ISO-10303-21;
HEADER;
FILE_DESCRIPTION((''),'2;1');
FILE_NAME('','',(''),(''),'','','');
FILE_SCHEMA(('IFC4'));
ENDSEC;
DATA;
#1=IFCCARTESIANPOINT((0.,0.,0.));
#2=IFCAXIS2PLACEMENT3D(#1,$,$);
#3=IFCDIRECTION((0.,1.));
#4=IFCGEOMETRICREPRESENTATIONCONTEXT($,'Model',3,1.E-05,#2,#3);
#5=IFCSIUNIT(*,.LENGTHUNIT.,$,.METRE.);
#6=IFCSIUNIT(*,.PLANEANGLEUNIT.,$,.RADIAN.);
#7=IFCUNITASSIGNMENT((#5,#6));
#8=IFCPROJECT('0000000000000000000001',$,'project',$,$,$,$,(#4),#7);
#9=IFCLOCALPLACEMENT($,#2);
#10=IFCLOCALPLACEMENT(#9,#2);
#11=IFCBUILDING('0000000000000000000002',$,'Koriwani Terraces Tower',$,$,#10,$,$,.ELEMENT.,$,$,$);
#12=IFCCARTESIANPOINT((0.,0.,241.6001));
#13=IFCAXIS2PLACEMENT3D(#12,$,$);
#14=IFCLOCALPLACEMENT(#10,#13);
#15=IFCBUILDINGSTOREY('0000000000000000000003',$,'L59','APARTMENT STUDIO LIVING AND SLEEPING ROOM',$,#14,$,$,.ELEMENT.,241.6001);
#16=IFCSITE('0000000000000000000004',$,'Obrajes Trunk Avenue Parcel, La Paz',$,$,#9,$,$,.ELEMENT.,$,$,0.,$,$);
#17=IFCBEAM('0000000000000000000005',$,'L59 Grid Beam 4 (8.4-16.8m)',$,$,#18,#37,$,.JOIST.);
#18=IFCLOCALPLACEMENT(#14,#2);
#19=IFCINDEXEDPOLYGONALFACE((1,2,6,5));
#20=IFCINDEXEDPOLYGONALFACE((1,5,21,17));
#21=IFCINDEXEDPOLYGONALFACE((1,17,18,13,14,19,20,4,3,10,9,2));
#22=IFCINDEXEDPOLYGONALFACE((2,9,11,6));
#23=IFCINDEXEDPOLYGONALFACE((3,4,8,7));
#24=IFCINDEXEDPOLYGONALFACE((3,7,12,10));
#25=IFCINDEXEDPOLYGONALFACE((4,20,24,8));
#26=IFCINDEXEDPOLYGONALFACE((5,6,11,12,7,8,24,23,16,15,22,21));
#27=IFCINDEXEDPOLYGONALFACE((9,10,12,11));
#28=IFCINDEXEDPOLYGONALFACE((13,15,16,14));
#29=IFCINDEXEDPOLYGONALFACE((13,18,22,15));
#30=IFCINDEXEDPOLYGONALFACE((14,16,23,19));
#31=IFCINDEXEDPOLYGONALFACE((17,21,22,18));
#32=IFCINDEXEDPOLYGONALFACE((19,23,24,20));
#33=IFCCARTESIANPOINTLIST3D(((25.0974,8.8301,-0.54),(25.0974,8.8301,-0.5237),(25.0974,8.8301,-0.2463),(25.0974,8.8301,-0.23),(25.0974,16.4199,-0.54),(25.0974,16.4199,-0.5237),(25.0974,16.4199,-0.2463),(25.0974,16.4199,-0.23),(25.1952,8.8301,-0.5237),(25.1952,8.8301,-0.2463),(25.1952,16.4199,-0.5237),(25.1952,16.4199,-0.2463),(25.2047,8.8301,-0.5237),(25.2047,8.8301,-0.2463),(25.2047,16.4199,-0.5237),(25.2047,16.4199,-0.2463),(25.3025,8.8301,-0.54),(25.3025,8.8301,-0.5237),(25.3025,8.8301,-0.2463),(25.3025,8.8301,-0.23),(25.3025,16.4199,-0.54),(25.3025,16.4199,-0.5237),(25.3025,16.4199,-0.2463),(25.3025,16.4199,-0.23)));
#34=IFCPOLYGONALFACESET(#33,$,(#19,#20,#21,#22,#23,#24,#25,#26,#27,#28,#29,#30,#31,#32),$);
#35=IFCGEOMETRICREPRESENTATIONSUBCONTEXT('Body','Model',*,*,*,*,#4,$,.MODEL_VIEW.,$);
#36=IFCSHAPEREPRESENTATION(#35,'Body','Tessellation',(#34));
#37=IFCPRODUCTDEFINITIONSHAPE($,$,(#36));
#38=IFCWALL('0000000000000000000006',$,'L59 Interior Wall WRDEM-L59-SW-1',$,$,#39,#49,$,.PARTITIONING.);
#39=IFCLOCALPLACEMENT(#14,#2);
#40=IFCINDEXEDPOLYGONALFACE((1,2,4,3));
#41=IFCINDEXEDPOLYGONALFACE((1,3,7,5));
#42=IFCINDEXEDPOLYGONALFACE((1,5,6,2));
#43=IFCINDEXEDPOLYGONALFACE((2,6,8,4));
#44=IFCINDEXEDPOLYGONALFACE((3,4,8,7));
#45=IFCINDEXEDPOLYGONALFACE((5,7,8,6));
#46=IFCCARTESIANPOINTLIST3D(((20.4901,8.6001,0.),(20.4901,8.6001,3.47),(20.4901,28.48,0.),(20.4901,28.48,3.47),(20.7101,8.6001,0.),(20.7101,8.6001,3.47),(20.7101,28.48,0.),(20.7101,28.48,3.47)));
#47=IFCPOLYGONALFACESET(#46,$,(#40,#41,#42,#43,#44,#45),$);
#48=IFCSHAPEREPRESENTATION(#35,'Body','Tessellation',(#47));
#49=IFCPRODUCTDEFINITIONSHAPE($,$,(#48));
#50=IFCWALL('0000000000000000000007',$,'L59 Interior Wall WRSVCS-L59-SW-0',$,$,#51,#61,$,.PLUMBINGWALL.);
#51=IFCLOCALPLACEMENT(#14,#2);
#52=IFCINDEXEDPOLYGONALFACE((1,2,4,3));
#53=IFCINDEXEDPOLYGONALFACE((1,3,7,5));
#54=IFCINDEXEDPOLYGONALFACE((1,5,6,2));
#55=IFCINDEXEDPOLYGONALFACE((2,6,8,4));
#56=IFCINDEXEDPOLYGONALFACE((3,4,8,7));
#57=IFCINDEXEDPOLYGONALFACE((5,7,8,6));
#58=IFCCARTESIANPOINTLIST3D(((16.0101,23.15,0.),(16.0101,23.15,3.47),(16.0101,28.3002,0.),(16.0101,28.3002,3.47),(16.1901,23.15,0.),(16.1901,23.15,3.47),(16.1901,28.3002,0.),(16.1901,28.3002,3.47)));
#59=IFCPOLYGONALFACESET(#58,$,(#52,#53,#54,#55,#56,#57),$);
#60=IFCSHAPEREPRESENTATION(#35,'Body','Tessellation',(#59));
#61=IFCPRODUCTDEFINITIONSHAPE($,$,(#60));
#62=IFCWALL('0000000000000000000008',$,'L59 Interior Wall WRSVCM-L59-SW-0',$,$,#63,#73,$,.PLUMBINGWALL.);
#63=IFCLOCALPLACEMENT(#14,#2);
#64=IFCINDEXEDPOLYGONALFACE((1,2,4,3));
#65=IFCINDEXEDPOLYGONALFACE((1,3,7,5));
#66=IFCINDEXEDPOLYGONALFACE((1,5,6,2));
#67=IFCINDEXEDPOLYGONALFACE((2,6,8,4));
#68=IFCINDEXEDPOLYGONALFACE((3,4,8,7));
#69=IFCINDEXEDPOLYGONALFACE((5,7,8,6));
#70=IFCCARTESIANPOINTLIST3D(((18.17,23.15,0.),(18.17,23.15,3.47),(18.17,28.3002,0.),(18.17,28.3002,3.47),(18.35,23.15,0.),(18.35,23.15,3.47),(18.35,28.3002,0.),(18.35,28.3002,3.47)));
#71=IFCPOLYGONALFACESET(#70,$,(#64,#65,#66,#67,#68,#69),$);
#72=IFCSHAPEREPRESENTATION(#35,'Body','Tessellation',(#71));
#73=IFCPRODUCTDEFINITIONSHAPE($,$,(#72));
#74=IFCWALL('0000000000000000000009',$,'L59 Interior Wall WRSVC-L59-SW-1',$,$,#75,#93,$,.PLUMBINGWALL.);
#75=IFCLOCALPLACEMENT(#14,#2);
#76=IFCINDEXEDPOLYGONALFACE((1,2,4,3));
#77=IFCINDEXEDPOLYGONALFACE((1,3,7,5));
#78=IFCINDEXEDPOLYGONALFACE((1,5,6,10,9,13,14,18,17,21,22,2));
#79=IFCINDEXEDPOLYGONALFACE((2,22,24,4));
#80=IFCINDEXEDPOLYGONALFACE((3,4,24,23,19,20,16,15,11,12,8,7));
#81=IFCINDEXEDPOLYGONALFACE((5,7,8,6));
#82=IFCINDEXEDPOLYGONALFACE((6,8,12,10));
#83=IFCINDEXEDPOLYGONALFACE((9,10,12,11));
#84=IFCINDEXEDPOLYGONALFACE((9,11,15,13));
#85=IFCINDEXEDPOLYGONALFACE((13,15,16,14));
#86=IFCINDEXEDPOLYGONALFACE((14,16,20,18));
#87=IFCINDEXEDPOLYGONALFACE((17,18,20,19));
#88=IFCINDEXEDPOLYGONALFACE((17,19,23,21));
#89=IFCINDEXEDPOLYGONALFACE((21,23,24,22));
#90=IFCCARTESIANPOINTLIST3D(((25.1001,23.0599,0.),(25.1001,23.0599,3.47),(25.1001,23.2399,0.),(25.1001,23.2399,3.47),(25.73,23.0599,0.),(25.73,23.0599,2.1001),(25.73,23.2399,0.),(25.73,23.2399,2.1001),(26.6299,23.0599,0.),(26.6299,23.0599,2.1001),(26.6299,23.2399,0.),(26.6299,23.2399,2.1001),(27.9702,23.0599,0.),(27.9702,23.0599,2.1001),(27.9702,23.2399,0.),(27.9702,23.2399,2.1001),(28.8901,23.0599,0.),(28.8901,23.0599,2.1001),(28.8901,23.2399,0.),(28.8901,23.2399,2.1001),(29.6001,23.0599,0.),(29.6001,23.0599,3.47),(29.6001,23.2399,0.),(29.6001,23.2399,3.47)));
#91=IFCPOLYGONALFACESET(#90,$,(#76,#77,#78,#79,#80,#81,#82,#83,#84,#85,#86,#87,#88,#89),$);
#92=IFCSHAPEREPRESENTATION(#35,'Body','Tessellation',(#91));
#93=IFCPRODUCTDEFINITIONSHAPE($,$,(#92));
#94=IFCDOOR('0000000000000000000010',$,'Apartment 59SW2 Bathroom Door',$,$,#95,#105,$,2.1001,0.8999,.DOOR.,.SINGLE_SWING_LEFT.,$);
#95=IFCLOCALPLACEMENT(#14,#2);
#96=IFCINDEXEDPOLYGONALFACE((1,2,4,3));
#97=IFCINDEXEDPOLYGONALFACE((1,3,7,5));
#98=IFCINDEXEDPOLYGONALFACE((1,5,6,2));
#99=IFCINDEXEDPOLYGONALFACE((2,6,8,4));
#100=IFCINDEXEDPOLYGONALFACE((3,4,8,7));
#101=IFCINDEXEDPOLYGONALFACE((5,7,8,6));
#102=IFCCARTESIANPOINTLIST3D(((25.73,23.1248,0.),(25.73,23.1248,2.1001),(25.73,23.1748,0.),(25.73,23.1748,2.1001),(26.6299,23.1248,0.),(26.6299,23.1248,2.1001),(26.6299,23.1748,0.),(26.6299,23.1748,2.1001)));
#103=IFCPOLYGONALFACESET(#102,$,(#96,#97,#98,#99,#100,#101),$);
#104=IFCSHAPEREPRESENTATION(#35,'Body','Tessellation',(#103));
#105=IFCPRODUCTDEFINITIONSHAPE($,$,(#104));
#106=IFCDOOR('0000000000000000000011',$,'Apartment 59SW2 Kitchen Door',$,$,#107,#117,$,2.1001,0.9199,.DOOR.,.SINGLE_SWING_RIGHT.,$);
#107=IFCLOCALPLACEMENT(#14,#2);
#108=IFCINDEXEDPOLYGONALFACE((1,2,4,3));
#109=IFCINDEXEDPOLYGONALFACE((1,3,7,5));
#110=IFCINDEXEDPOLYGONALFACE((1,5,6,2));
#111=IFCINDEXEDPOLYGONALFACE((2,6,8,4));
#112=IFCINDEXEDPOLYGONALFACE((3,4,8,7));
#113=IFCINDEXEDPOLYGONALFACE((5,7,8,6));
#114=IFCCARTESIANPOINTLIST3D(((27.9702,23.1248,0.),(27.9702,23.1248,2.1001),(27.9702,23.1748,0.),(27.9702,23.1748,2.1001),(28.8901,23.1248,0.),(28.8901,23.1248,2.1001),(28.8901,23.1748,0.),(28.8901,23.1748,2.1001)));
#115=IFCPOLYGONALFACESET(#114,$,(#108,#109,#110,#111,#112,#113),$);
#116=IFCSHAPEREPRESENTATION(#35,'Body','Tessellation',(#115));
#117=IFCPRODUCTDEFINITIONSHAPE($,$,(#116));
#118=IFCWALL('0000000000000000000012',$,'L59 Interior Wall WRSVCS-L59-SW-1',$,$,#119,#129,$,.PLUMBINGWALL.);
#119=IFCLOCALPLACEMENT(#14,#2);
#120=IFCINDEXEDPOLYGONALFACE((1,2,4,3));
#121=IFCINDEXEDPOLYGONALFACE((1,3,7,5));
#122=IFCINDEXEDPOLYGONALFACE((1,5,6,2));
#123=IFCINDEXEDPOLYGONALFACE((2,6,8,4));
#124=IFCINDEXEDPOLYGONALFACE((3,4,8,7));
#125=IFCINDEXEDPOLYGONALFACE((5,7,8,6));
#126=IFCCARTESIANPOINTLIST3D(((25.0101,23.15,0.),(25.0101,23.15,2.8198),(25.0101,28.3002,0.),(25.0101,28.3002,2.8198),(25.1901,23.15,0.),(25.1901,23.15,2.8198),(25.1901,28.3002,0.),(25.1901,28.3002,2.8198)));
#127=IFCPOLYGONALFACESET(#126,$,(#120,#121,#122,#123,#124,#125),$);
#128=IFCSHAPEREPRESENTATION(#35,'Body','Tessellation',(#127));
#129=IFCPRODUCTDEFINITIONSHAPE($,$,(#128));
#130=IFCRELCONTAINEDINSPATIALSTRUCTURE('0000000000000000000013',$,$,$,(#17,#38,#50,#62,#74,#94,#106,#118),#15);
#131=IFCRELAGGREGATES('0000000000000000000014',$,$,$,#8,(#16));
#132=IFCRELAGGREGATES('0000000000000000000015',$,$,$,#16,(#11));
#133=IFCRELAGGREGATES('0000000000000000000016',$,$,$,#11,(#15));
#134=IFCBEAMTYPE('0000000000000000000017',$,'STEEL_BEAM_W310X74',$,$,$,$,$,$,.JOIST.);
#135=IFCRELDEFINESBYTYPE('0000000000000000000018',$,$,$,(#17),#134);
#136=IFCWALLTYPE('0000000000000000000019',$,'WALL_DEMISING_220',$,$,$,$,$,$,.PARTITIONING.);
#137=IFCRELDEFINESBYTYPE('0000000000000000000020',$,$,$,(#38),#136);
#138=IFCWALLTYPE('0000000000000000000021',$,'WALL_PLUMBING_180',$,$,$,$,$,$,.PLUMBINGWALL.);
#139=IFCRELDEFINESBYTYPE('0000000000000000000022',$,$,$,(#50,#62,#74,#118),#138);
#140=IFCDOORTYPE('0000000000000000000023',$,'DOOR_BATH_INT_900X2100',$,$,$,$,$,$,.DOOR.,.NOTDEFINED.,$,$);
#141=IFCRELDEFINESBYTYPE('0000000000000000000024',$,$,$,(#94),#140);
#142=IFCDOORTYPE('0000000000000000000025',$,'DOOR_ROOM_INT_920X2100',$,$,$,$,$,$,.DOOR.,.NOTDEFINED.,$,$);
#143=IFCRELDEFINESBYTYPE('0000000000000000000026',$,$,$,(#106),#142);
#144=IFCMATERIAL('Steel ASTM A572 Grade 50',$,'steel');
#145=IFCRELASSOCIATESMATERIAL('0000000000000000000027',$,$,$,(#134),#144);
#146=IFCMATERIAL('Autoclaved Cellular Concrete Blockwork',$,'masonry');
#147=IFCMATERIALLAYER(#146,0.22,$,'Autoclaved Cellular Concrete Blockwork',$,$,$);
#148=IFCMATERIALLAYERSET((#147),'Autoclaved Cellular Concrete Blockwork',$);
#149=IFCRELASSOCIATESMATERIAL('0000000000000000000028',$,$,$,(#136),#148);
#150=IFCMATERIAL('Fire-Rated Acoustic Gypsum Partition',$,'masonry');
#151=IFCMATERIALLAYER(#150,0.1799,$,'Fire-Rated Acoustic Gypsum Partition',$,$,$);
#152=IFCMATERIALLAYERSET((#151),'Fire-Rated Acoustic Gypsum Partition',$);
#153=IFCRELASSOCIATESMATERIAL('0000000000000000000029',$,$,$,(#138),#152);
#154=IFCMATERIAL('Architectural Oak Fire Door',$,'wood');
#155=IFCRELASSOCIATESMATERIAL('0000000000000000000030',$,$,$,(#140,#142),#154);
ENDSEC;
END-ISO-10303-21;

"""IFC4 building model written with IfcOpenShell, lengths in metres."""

from ifc_helpers import new_model, si_unit, direction, frame, frame_2d, origin, origin_2d, place, context, subcontext, project, spatial, rectangle, i_section, extrude, material, layer, layer_set, material_profile, profile_set, type_object, element, fill, save


model = new_model("IFC4")

# Units and contexts
model_context = context("Model", 3, precision=1e-05, world=origin(), true_north=direction((0.0, 1.0)))
body_context = subcontext(model_context, "Body", "Model", "MODEL_VIEW")
ifc_project = project(units=[si_unit("LENGTHUNIT", "METRE"), si_unit("PLANEANGLEUNIT", "RADIAN")], contexts=[model_context])

# Site, building, storey
site_placement = place(None, origin())
site = spatial("IfcSite", under=ifc_project, at=site_placement, Name="Obrajes Trunk Avenue Parcel, La Paz", CompositionType="ELEMENT", RefElevation=0.0)
building_placement = place(site_placement, origin())
building = spatial("IfcBuilding", under=site, at=building_placement, Name="Koriwani Terraces Tower", CompositionType="ELEMENT")
storey_placement = place(building_placement, frame((0.0, 0.0, 241.6001)))
storey = spatial("IfcBuildingStorey", under=building, at=storey_placement, Name="L59", Description="APARTMENT STUDIO LIVING AND SLEEPING ROOM", CompositionType="ELEMENT", Elevation=241.6001)

# Beam
ifc_material_1 = material(Name="Steel ASTM A572 Grade 50", Category="steel")
ifc_material_profile_1 = material_profile(ifc_material_1, i_section(OverallWidth=0.2051, OverallDepth=0.3101, WebThickness=0.0095, FlangeThickness=0.0164, at=origin_2d()), Name="Steel ASTM A572 Grade 50", Category="LoadBearing")
ifc_profile_set_1 = profile_set([ifc_material_profile_1], Name="Steel ASTM A572 Grade 50")
beam_type_1 = type_object("IfcBeamType", Name="STEEL_BEAM_W310X74", PredefinedType="JOIST", material=ifc_profile_set_1)
beam_1_placement = place(storey_placement, frame((25.2, 8.8301, -0.385), z_axis=(0.0, 1.0, 0.0), x_axis=(-1.0, 0.0, 0.0)))
element("IfcBeam", 1, at=beam_1_placement, inside=storey, type_object=beam_type_1, Name="L59 Grid Beam 4 (8.4-16.8m)", PredefinedType="JOIST", context=body_context, shape_type="SweptSolid", body=[
    extrude(i_section(OverallWidth=0.2051, OverallDepth=0.3101, WebThickness=0.0095, FlangeThickness=0.0164, at=origin_2d()), origin(), (0.0, 0.0, 1.0), 7.5898),
])

# Walls
ifc_material_2 = material(Name="Autoclaved Cellular Concrete Blockwork", Category="masonry")
ifc_layer_1 = layer(ifc_material_2, 0.22, Name="Autoclaved Cellular Concrete Blockwork")
ifc_layer_set_1 = layer_set([ifc_layer_1], Name="Autoclaved Cellular Concrete Blockwork")
wall_type_1 = type_object("IfcWallType", Name="WALL_DEMISING_220", PredefinedType="PARTITIONING", material=ifc_layer_set_1)
wall_1_placement = place(storey_placement, frame((20.6001, 8.6001, 0.0), z_axis=(0.0, 0.0, 1.0), x_axis=(0.0, 1.0, 0.0)))
element("IfcWall", 2, at=wall_1_placement, inside=storey, type_object=wall_type_1, Name="L59 Interior Wall WRDEM-L59-SW-1", PredefinedType="PARTITIONING", context=body_context, shape_type="SweptSolid", body=[
    extrude(rectangle(XDim=19.8799, YDim=0.22, at=frame_2d((9.9399, 0.0))), origin(), (0.0, 0.0, 1.0), 3.47),
])
ifc_material_3 = material(Name="Fire-Rated Acoustic Gypsum Partition", Category="masonry")
ifc_layer_2 = layer(ifc_material_3, 0.1799, Name="Fire-Rated Acoustic Gypsum Partition")
ifc_layer_set_2 = layer_set([ifc_layer_2], Name="Fire-Rated Acoustic Gypsum Partition")
wall_type_2 = type_object("IfcWallType", Name="WALL_PLUMBING_180", PredefinedType="PLUMBINGWALL", material=ifc_layer_set_2)
for number, where, z_axis, x_axis, name in (
    (3, (16.1001, 23.1499, 0.0), (0.0, 0.0, 1.0), (0.0, 1.0, 0.0), "L59 Interior Wall WRSVCS-L59-SW-0"),
    (4, (18.26, 23.1499, 0.0), (0.0, 0.0, 1.0), (0.0, 1.0, 0.0), "L59 Interior Wall WRSVCM-L59-SW-0"),
):
    element("IfcWall", number, at=place(storey_placement, frame(where, z_axis=z_axis, x_axis=x_axis)), inside=storey, type_object=wall_type_2, Name=name, PredefinedType="PLUMBINGWALL", context=body_context, shape_type="SweptSolid", body=[
        extrude(rectangle(XDim=5.1501, YDim=0.1799, at=frame_2d((2.5752, 0.0))), origin(), (0.0, 0.0, 1.0), 3.47),
    ])

# Wall, openings, doors
wall_2_placement = place(storey_placement, frame((25.1001, 23.1499, 0.0), z_axis=(0.0, 0.0, 1.0), x_axis=(1.0, 0.0, 0.0)))
wall_2 = element("IfcWall", 5, at=wall_2_placement, inside=storey, type_object=wall_type_2, Name="L59 Interior Wall WRSVC-L59-SW-1", PredefinedType="PLUMBINGWALL", context=body_context, shape_type="SweptSolid", body=[
    extrude(rectangle(XDim=4.5, YDim=0.1799, at=frame_2d((2.25, 0.0))), origin(), (0.0, 0.0, 1.0), 3.47),
])
opening_1_placement = place(wall_2_placement, frame((0.6299, 0.0, 0.0)))
opening_1 = element("IfcOpeningElement", 6, at=opening_1_placement, cuts=wall_2, PredefinedType="OPENING", context=body_context, shape_type="SweptSolid", body=[
    extrude(rectangle(XDim=0.8999, YDim=2.1001, at=frame_2d((0.45, 1.05))), frame((0.0, 0.1001, 0.0), z_axis=(0.0, -1.0, 0.0), x_axis=(1.0, 0.0, 0.0)), (0.0, 0.0, 1.0), 0.2),
])
opening_2_placement = place(wall_2_placement, frame((2.8701, 0.0, 0.0)))
opening_2 = element("IfcOpeningElement", 7, at=opening_2_placement, cuts=wall_2, PredefinedType="OPENING", context=body_context, shape_type="SweptSolid", body=[
    extrude(rectangle(XDim=0.9199, YDim=2.1001, at=frame_2d((0.46, 1.05))), frame((0.0, 0.1001, 0.0), z_axis=(0.0, -1.0, 0.0), x_axis=(1.0, 0.0, 0.0)), (0.0, 0.0, 1.0), 0.2),
])
ifc_material_4 = material(Name="Architectural Oak Fire Door", Category="wood")
door_type_1 = type_object("IfcDoorType", Name="DOOR_BATH_INT_900X2100", OperationType="NOTDEFINED", PredefinedType="DOOR", material=ifc_material_4)
door_1_placement = place(opening_1_placement, origin())
door_1 = element("IfcDoor", 8, at=door_1_placement, inside=storey, type_object=door_type_1, Name="Apartment 59SW2 Bathroom Door", OperationType="SINGLE_SWING_LEFT", OverallHeight=2.1001, OverallWidth=0.8999, PredefinedType="DOOR", context=body_context, shape_type="SweptSolid", body=[
    extrude(rectangle(XDim=0.8999, YDim=2.1001, at=frame_2d((0.45, 1.05))), frame((0.0, 0.0249, 0.0), z_axis=(0.0, -1.0, 0.0), x_axis=(1.0, 0.0, 0.0)), (0.0, 0.0, 1.0), 0.05),
])
fill(opening_1, door_1)
door_type_2 = type_object("IfcDoorType", Name="DOOR_ROOM_INT_920X2100", OperationType="NOTDEFINED", PredefinedType="DOOR", material=ifc_material_4)
door_2_placement = place(opening_2_placement, origin())
door_2 = element("IfcDoor", 9, at=door_2_placement, inside=storey, type_object=door_type_2, Name="Apartment 59SW2 Kitchen Door", OperationType="SINGLE_SWING_RIGHT", OverallHeight=2.1001, OverallWidth=0.9199, PredefinedType="DOOR", context=body_context, shape_type="SweptSolid", body=[
    extrude(rectangle(XDim=0.9199, YDim=2.1001, at=frame_2d((0.46, 1.05))), frame((0.0, 0.0249, 0.0), z_axis=(0.0, -1.0, 0.0), x_axis=(1.0, 0.0, 0.0)), (0.0, 0.0, 1.0), 0.05),
])
fill(opening_2, door_2)

# Wall
wall_3_placement = place(storey_placement, frame((25.1001, 23.1499, 0.0), z_axis=(0.0, 0.0, 1.0), x_axis=(0.0, 1.0, 0.0)))
element("IfcWall", 10, at=wall_3_placement, inside=storey, type_object=wall_type_2, Name="L59 Interior Wall WRSVCS-L59-SW-1", PredefinedType="PLUMBINGWALL", context=body_context, shape_type="SweptSolid", body=[
    extrude(rectangle(XDim=5.1501, YDim=0.1799, at=frame_2d((2.5752, 0.0))), origin(), (0.0, 0.0, 1.0), 2.8198),
])

save(model, "model.ifc")
